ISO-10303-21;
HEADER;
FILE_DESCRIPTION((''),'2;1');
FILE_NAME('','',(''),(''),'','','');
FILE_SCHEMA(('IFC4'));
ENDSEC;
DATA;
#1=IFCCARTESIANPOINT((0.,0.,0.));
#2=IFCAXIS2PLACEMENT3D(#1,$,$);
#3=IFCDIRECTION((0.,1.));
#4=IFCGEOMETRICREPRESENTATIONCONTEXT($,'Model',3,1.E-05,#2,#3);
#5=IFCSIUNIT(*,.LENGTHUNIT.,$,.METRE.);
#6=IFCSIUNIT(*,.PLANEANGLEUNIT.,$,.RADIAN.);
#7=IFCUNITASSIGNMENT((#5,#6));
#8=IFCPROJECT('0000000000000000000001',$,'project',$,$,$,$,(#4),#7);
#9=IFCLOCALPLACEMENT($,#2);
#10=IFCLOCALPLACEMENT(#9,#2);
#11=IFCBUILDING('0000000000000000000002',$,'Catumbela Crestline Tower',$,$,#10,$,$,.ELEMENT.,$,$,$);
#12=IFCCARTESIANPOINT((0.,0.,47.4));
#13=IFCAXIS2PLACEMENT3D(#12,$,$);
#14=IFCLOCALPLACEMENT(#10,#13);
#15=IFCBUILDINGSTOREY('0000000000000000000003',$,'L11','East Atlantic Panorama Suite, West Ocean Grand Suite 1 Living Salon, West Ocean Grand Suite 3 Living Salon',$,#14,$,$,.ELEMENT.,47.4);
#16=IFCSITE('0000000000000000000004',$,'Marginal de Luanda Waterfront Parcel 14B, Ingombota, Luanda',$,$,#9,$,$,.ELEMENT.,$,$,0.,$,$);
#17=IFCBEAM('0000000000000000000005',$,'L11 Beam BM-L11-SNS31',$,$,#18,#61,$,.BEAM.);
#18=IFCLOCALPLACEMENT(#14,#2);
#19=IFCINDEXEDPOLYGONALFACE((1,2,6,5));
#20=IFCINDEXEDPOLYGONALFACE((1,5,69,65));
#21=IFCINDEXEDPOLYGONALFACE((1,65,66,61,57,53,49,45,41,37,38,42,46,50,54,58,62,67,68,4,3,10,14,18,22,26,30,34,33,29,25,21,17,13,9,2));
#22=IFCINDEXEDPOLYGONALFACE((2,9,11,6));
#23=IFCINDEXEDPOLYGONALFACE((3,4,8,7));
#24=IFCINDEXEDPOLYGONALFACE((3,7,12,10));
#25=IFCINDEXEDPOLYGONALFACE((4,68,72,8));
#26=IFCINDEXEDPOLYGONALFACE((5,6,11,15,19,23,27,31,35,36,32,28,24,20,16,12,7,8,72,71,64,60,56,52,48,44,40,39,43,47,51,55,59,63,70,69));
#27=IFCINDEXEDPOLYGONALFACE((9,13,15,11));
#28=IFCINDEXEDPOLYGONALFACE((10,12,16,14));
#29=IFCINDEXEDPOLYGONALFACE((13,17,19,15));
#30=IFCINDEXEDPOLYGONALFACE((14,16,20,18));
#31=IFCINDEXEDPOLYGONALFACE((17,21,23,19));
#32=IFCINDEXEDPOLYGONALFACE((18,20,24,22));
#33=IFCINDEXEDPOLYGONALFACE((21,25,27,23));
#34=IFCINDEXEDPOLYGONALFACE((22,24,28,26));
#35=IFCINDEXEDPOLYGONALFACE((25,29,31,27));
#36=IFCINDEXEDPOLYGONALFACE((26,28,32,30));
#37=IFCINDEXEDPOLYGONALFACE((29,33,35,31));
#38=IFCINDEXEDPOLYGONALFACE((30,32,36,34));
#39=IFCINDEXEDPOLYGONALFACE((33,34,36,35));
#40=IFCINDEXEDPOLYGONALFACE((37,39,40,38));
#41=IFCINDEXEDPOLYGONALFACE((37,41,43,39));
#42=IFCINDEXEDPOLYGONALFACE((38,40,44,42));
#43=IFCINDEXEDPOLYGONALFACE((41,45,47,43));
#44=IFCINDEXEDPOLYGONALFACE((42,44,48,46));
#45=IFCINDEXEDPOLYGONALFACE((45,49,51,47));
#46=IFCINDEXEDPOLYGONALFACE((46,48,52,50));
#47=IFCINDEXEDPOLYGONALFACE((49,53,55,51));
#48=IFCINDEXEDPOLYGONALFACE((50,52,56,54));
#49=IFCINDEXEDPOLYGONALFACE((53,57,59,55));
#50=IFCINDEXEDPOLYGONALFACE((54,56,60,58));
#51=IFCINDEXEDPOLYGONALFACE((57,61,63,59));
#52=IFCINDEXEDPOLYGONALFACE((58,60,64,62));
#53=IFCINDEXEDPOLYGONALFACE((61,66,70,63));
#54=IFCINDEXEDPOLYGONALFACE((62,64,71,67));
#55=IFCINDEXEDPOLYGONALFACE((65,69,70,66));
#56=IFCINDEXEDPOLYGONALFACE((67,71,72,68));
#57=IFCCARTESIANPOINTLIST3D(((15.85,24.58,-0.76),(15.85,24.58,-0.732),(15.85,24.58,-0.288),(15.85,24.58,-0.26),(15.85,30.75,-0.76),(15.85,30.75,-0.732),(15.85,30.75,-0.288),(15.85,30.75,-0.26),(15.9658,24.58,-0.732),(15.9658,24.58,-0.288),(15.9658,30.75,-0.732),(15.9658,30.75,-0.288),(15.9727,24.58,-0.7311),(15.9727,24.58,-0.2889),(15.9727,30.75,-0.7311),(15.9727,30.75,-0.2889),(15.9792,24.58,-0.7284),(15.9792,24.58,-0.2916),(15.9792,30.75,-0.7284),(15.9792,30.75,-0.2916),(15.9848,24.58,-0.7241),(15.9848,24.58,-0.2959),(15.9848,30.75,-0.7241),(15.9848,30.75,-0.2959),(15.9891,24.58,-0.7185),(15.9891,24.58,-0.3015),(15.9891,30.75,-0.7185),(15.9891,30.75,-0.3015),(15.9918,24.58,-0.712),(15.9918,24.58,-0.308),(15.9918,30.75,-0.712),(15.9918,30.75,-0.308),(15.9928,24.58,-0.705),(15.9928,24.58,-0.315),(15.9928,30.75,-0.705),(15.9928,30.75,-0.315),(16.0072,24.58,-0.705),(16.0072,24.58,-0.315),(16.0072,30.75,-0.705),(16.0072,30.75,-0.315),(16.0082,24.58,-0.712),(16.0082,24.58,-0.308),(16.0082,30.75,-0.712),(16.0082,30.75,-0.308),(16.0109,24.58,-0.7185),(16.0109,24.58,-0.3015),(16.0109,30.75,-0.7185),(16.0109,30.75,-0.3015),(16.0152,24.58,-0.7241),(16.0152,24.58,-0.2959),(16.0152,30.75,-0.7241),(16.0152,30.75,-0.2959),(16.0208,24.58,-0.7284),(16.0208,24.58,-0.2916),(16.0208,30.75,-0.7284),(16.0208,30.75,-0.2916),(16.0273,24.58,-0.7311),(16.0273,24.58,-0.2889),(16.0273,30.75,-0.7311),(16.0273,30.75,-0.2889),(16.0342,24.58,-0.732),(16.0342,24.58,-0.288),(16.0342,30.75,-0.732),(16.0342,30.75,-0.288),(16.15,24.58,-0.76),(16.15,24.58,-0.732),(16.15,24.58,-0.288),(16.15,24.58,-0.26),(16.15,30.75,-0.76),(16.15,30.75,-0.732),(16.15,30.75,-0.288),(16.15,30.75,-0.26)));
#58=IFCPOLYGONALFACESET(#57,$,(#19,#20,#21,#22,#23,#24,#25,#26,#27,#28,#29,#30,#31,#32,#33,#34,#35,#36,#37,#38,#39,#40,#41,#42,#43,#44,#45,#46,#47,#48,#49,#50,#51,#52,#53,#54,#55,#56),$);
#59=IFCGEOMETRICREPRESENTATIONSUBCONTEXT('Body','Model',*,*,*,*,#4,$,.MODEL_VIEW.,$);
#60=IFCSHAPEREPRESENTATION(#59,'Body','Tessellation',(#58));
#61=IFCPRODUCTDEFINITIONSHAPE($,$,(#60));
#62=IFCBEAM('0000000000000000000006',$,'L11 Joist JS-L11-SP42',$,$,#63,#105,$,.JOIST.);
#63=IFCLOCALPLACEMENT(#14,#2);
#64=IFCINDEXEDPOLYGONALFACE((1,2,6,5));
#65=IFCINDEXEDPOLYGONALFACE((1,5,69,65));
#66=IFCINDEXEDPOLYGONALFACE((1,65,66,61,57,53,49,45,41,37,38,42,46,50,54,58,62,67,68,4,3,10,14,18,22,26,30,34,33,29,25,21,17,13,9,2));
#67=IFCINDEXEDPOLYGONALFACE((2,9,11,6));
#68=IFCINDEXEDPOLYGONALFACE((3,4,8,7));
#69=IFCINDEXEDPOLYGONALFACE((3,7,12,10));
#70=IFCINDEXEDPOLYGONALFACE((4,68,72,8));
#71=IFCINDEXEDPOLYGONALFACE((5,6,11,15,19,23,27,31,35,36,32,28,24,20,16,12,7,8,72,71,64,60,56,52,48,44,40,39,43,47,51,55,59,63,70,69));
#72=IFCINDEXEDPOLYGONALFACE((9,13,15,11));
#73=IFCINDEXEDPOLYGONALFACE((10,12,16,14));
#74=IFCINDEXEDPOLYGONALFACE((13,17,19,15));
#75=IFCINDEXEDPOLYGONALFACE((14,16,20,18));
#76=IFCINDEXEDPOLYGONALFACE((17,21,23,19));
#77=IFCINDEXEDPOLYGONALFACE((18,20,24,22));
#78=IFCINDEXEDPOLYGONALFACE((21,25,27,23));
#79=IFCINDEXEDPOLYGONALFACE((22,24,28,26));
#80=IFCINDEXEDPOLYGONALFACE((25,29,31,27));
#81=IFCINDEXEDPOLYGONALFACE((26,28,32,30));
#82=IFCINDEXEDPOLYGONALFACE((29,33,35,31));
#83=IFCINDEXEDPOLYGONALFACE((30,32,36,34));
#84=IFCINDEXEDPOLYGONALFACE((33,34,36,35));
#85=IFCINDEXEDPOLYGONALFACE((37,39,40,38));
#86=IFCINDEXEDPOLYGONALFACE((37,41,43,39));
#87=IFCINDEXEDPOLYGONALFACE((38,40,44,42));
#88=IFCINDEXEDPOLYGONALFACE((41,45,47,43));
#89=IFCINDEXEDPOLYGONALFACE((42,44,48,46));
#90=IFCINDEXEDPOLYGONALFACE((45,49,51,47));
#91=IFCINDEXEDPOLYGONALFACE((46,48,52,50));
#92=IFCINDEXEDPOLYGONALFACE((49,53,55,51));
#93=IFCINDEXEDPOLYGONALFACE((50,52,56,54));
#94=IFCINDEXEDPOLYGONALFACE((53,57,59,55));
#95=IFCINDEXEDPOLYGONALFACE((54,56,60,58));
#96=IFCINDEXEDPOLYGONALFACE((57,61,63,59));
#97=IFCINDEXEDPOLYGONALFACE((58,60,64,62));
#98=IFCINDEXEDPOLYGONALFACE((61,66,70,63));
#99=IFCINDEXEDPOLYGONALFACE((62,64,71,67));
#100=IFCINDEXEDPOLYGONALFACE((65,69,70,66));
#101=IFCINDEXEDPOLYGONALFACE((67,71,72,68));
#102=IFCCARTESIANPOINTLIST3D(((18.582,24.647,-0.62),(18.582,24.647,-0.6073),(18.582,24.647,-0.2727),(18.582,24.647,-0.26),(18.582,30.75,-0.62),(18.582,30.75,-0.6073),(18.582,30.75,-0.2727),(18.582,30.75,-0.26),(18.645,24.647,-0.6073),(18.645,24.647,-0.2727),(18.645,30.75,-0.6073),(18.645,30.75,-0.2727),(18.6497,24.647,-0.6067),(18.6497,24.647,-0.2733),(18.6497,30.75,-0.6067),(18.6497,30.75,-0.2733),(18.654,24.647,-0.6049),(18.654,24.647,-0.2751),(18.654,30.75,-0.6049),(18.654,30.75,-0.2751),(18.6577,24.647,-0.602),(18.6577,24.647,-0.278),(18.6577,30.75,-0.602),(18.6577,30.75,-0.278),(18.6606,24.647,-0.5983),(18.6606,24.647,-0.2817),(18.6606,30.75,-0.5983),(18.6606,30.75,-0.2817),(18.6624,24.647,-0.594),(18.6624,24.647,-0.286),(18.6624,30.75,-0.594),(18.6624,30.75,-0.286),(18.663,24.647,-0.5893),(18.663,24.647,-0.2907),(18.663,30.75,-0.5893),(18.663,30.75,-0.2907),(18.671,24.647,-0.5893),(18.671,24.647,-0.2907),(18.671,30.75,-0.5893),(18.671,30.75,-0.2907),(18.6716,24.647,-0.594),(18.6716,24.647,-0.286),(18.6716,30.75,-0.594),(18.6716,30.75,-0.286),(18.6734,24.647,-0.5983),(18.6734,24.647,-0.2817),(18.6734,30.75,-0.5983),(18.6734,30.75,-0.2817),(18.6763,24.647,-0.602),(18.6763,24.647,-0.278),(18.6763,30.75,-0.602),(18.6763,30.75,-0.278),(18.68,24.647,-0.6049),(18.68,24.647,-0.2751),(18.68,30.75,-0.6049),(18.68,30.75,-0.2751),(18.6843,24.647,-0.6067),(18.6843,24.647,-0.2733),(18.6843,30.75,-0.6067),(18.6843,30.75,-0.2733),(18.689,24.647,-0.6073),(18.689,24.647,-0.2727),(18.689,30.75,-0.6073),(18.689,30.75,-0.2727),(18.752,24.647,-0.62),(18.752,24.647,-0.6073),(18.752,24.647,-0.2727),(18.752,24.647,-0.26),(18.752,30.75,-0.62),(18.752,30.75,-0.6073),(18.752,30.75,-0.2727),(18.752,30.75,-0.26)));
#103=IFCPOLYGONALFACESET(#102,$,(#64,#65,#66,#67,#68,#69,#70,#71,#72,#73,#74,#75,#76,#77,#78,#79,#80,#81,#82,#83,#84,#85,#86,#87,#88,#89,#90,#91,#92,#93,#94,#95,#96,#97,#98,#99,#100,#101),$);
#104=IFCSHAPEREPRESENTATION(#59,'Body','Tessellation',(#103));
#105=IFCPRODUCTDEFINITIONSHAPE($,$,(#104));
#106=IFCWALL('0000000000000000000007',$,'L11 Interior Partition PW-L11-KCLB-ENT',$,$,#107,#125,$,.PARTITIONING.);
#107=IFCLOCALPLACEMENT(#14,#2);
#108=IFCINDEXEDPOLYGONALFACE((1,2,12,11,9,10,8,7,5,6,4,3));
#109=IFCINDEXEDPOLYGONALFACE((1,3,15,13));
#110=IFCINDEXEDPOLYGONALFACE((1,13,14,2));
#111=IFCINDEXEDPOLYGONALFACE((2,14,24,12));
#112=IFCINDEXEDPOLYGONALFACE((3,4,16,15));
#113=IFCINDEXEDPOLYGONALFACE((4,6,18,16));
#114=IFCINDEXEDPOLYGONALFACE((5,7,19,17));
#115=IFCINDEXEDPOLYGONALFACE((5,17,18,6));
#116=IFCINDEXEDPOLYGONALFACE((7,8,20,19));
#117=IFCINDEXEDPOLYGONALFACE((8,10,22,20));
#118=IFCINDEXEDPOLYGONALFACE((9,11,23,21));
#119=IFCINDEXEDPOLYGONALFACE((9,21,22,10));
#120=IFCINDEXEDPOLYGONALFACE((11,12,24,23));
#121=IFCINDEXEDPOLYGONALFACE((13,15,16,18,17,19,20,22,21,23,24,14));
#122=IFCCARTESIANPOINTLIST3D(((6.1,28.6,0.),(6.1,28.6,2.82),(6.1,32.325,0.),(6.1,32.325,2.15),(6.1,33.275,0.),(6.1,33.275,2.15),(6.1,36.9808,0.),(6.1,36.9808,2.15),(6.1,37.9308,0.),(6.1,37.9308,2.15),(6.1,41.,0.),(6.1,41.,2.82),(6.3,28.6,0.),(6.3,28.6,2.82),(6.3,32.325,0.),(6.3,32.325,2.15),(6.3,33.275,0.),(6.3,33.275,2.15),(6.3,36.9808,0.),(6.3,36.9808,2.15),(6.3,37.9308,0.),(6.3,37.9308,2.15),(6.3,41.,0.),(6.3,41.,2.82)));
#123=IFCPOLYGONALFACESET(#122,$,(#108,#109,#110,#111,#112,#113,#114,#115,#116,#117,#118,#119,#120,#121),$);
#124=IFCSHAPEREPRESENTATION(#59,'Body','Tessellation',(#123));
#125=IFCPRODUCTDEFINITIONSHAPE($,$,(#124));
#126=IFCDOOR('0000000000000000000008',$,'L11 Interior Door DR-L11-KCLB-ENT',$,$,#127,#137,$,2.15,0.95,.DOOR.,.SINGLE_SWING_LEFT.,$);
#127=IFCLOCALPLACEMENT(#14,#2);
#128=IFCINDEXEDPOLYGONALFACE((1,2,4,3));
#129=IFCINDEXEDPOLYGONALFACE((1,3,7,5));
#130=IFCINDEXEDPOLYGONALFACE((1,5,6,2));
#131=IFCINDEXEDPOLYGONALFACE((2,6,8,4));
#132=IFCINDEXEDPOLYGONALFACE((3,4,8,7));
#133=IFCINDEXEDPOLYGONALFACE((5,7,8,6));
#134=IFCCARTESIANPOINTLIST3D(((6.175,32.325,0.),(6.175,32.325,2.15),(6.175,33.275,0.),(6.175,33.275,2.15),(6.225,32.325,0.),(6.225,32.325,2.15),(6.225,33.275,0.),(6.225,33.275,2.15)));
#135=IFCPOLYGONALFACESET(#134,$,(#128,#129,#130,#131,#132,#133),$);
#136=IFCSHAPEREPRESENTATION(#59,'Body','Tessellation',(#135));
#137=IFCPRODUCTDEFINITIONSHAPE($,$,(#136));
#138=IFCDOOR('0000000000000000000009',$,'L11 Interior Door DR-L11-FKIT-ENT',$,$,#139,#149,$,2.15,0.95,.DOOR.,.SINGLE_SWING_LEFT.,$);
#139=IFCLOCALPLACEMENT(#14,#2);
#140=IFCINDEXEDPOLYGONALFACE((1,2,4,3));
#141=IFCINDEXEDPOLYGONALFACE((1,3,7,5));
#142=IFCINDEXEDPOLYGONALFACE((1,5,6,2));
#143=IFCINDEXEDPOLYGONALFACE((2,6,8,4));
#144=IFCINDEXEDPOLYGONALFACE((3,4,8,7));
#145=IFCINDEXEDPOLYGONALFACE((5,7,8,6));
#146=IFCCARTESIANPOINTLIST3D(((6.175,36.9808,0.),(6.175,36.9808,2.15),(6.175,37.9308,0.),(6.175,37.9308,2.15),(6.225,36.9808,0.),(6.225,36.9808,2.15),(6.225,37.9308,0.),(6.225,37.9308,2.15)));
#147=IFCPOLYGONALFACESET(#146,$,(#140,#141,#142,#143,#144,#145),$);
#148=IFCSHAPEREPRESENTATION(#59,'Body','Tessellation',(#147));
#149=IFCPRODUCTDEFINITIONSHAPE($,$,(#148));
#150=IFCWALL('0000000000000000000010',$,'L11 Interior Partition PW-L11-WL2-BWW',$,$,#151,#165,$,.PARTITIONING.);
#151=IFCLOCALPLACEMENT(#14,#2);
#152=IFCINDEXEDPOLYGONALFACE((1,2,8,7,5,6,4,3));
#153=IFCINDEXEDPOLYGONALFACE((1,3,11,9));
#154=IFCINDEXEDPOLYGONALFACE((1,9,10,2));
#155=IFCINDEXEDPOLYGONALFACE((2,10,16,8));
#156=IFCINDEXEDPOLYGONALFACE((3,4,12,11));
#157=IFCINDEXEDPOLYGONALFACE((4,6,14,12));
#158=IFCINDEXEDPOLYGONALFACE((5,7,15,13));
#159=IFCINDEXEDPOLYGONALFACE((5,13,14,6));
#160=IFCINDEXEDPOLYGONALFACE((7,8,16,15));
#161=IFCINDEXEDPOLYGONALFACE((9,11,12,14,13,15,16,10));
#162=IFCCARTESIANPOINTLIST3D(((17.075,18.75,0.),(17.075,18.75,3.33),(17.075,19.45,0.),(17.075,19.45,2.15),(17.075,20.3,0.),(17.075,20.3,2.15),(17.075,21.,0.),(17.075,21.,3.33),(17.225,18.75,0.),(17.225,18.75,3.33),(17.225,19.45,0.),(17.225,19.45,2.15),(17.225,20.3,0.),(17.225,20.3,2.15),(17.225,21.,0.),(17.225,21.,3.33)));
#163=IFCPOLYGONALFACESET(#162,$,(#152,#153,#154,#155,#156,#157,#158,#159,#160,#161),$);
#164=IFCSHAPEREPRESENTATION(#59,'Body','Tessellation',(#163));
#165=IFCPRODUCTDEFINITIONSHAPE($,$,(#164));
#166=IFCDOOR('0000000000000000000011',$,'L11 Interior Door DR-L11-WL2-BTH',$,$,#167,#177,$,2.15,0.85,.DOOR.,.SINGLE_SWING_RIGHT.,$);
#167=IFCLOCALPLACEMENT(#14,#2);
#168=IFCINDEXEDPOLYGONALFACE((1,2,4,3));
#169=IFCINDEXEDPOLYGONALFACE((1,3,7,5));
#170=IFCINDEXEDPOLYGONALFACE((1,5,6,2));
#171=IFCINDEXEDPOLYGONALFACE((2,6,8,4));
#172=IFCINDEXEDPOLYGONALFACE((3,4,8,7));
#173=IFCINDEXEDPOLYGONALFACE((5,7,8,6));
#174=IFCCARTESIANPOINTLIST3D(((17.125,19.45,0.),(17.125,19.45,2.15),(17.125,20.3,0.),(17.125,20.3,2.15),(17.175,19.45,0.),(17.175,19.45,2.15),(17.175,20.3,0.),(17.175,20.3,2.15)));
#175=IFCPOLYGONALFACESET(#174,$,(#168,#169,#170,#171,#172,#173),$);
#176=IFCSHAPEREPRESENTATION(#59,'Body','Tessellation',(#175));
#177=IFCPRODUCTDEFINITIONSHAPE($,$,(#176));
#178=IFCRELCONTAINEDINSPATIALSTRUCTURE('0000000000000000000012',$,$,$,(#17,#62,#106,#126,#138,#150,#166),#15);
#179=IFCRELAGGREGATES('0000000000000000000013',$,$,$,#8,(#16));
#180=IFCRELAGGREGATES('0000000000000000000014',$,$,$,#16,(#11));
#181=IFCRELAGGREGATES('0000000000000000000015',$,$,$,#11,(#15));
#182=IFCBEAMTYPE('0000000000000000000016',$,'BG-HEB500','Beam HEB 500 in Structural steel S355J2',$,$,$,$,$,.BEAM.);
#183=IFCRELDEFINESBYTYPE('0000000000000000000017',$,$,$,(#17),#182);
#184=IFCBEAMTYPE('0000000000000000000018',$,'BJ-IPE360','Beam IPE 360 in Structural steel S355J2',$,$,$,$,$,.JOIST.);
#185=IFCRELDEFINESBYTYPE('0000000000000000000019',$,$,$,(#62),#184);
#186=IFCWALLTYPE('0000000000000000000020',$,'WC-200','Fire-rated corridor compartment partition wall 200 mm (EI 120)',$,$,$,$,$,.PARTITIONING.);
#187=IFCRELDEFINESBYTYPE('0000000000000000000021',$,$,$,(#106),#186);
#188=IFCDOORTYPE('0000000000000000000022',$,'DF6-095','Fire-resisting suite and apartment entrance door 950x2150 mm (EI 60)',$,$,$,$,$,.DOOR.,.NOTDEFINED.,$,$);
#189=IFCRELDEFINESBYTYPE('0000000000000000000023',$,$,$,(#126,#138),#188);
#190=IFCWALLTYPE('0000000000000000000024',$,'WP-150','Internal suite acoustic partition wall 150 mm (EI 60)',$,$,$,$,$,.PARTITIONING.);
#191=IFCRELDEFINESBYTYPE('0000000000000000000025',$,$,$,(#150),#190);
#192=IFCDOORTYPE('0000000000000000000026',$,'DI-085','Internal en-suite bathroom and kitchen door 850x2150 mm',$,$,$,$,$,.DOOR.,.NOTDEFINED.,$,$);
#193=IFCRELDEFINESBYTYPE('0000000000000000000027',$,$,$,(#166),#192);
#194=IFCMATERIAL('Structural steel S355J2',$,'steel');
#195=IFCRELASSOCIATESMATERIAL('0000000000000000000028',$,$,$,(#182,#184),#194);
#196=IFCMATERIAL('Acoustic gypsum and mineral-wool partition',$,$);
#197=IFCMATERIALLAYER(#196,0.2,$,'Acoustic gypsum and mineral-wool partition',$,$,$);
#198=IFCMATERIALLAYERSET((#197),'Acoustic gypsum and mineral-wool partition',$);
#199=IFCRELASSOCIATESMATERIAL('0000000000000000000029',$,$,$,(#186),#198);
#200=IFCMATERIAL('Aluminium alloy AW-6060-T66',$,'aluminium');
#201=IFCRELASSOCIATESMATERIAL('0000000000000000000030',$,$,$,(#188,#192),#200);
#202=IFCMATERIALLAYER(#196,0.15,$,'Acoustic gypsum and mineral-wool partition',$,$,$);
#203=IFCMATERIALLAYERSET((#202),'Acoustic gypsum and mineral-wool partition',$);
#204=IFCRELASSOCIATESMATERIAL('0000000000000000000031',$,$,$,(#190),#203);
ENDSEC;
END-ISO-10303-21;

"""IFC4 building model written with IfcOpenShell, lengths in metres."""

from ifc_helpers import new_model, si_unit, direction, frame, frame_2d, origin, origin_2d, place, context, subcontext, project, spatial, rectangle, i_section, extrude, material, layer, layer_set, material_profile, profile_set, type_object, element, fill, save


model = new_model("IFC4")

# Units and contexts
model_context = context("Model", 3, precision=1e-05, world=origin(), true_north=direction((0.0, 1.0)))
body_context = subcontext(model_context, "Body", "Model", "MODEL_VIEW")
ifc_project = project(units=[si_unit("LENGTHUNIT", "METRE"), si_unit("PLANEANGLEUNIT", "RADIAN")], contexts=[model_context])

# Site, building, storey
site_placement = place(None, origin())
site = spatial("IfcSite", under=ifc_project, at=site_placement, Name="Marginal de Luanda Waterfront Parcel 14B, Ingombota, Luanda", CompositionType="ELEMENT", RefElevation=0.0)
building_placement = place(site_placement, origin())
building = spatial("IfcBuilding", under=site, at=building_placement, Name="Catumbela Crestline Tower", CompositionType="ELEMENT")
storey_placement = place(building_placement, frame((0.0, 0.0, 47.4)))
storey = spatial("IfcBuildingStorey", under=building, at=storey_placement, Name="L11", Description="East Atlantic Panorama Suite, West Ocean Grand Suite 1 Living Salon, West Ocean Grand Suite 3 Living Salon", CompositionType="ELEMENT", Elevation=47.4)

# Beams
ifc_material_1 = material(Name="Structural steel S355J2", Category="steel")
ifc_material_profile_1 = material_profile(ifc_material_1, i_section(OverallWidth=0.3, OverallDepth=0.5, WebThickness=0.0145, FlangeThickness=0.028, FilletRadius=0.027, at=origin_2d()), Name="HEB 500")
ifc_profile_set_1 = profile_set([ifc_material_profile_1], Name="Structural steel S355J2")
beam_type_1 = type_object("IfcBeamType", Name="BG-HEB500", Description="Beam HEB 500 in Structural steel S355J2", PredefinedType="BEAM", material=ifc_profile_set_1)
beam_1_placement = place(storey_placement, frame((16.0, 24.58, -0.51), z_axis=(0.0, 1.0, 0.0), x_axis=(-1.0, 0.0, 0.0)))
element("IfcBeam", 1, at=beam_1_placement, inside=storey, type_object=beam_type_1, Name="L11 Beam BM-L11-SNS31", PredefinedType="BEAM", context=body_context, shape_type="SweptSolid", body=[
    extrude(i_section(OverallWidth=0.3, OverallDepth=0.5, WebThickness=0.0145, FlangeThickness=0.028, FilletRadius=0.027, at=origin_2d()), origin(), (0.0, 0.0, 1.0), 6.17),
])
ifc_material_profile_2 = material_profile(ifc_material_1, i_section(OverallWidth=0.17, OverallDepth=0.36, WebThickness=0.008, FlangeThickness=0.0127, FilletRadius=0.018, at=origin_2d()), Name="IPE 360")
ifc_profile_set_2 = profile_set([ifc_material_profile_2], Name="Structural steel S355J2")
beam_type_2 = type_object("IfcBeamType", Name="BJ-IPE360", Description="Beam IPE 360 in Structural steel S355J2", PredefinedType="JOIST", material=ifc_profile_set_2)
beam_2_placement = place(storey_placement, frame((18.667, 24.647, -0.44), z_axis=(0.0, 1.0, 0.0), x_axis=(-1.0, 0.0, 0.0)))
element("IfcBeam", 2, at=beam_2_placement, inside=storey, type_object=beam_type_2, Name="L11 Joist JS-L11-SP42", PredefinedType="JOIST", context=body_context, shape_type="SweptSolid", body=[
    extrude(i_section(OverallWidth=0.17, OverallDepth=0.36, WebThickness=0.008, FlangeThickness=0.0127, FilletRadius=0.018, at=origin_2d()), origin(), (0.0, 0.0, 1.0), 6.103),
])

# Wall, openings, doors
ifc_material_2 = material(Name="Acoustic gypsum and mineral-wool partition")
ifc_layer_1 = layer(ifc_material_2, 0.2, Name="Acoustic gypsum and mineral-wool partition")
ifc_layer_set_1 = layer_set([ifc_layer_1], Name="Acoustic gypsum and mineral-wool partition")
wall_type_1 = type_object("IfcWallType", Name="WC-200", Description="Fire-rated corridor compartment partition wall 200 mm (EI 120)", PredefinedType="PARTITIONING", material=ifc_layer_set_1)
wall_1_placement = place(storey_placement, frame((6.2, 28.6, 0.0), z_axis=(0.0, 0.0, 1.0), x_axis=(0.0, 1.0, 0.0)))
wall_1 = element("IfcWall", 3, at=wall_1_placement, inside=storey, type_object=wall_type_1, Name="L11 Interior Partition PW-L11-KCLB-ENT", PredefinedType="PARTITIONING", context=body_context, shape_type="SweptSolid", body=[
    extrude(rectangle(XDim=12.4, YDim=0.2, at=frame_2d((6.2, 0.0))), origin(), (0.0, 0.0, 1.0), 2.82),
])
opening_1_placement = place(wall_1_placement, frame((3.725, 0.0, 0.0)))
opening_1 = element("IfcOpeningElement", 4, at=opening_1_placement, cuts=wall_1, PredefinedType="OPENING", context=body_context, shape_type="SweptSolid", body=[
    extrude(rectangle(XDim=0.95, YDim=2.15, at=frame_2d((0.475, 1.075))), frame((0.0, 0.11, 0.0), z_axis=(0.0, -1.0, 0.0), x_axis=(1.0, 0.0, 0.0)), (0.0, 0.0, 1.0), 0.22),
])
opening_2_placement = place(wall_1_placement, frame((8.3808, 0.0, 0.0)))
opening_2 = element("IfcOpeningElement", 5, at=opening_2_placement, cuts=wall_1, PredefinedType="OPENING", context=body_context, shape_type="SweptSolid", body=[
    extrude(rectangle(XDim=0.95, YDim=2.15, at=frame_2d((0.475, 1.075))), frame((0.0, 0.11, 0.0), z_axis=(0.0, -1.0, 0.0), x_axis=(1.0, 0.0, 0.0)), (0.0, 0.0, 1.0), 0.22),
])
ifc_material_3 = material(Name="Aluminium alloy AW-6060-T66", Category="aluminium")
door_type_1 = type_object("IfcDoorType", Name="DF6-095", Description="Fire-resisting suite and apartment entrance door 950x2150 mm (EI 60)", OperationType="NOTDEFINED", PredefinedType="DOOR", material=ifc_material_3)
door_1_placement = place(opening_1_placement, origin())
door_1 = element("IfcDoor", 6, at=door_1_placement, inside=storey, type_object=door_type_1, Name="L11 Interior Door DR-L11-KCLB-ENT", OperationType="SINGLE_SWING_LEFT", OverallHeight=2.15, OverallWidth=0.95, PredefinedType="DOOR", context=body_context, shape_type="SweptSolid", body=[
    extrude(rectangle(XDim=0.95, YDim=2.15, at=frame_2d((0.475, 1.075))), frame((0.0, 0.025, 0.0), z_axis=(0.0, -1.0, 0.0), x_axis=(1.0, 0.0, 0.0)), (0.0, 0.0, 1.0), 0.05),
])
fill(opening_1, door_1)
door_2_placement = place(opening_2_placement, origin())
door_2 = element("IfcDoor", 7, at=door_2_placement, inside=storey, type_object=door_type_1, Name="L11 Interior Door DR-L11-FKIT-ENT", OperationType="SINGLE_SWING_LEFT", OverallHeight=2.15, OverallWidth=0.95, PredefinedType="DOOR", context=body_context, shape_type="SweptSolid", body=[
    extrude(rectangle(XDim=0.95, YDim=2.15, at=frame_2d((0.475, 1.075))), frame((0.0, 0.025, 0.0), z_axis=(0.0, -1.0, 0.0), x_axis=(1.0, 0.0, 0.0)), (0.0, 0.0, 1.0), 0.05),
])
fill(opening_2, door_2)

# Wall, opening, door
ifc_layer_2 = layer(ifc_material_2, 0.15, Name="Acoustic gypsum and mineral-wool partition")
ifc_layer_set_2 = layer_set([ifc_layer_2], Name="Acoustic gypsum and mineral-wool partition")
wall_type_2 = type_object("IfcWallType", Name="WP-150", Description="Internal suite acoustic partition wall 150 mm (EI 60)", PredefinedType="PARTITIONING", material=ifc_layer_set_2)
wall_2_placement = place(storey_placement, frame((17.15, 18.75, 0.0), z_axis=(0.0, 0.0, 1.0), x_axis=(0.0, 1.0, 0.0)))
wall_2 = element("IfcWall", 8, at=wall_2_placement, inside=storey, type_object=wall_type_2, Name="L11 Interior Partition PW-L11-WL2-BWW", PredefinedType="PARTITIONING", context=body_context, shape_type="SweptSolid", body=[
    extrude(rectangle(XDim=2.25, YDim=0.15, at=frame_2d((1.125, 0.0))), origin(), (0.0, 0.0, 1.0), 3.33),
])
opening_3_placement = place(wall_2_placement, frame((0.7, 0.0, 0.0)))
opening_3 = element("IfcOpeningElement", 9, at=opening_3_placement, cuts=wall_2, PredefinedType="OPENING", context=body_context, shape_type="SweptSolid", body=[
    extrude(rectangle(XDim=0.85, YDim=2.15, at=frame_2d((0.425, 1.075))), frame((0.0, 0.085, 0.0), z_axis=(0.0, -1.0, 0.0), x_axis=(1.0, 0.0, 0.0)), (0.0, 0.0, 1.0), 0.17),
])
door_type_2 = type_object("IfcDoorType", Name="DI-085", Description="Internal en-suite bathroom and kitchen door 850x2150 mm", OperationType="NOTDEFINED", PredefinedType="DOOR", material=ifc_material_3)
door_3_placement = place(opening_3_placement, origin())
door_3 = element("IfcDoor", 10, at=door_3_placement, inside=storey, type_object=door_type_2, Name="L11 Interior Door DR-L11-WL2-BTH", OperationType="SINGLE_SWING_RIGHT", OverallHeight=2.15, OverallWidth=0.85, PredefinedType="DOOR", context=body_context, shape_type="SweptSolid", body=[
    extrude(rectangle(XDim=0.85, YDim=2.15, at=frame_2d((0.425, 1.075))), frame((0.0, 0.025, 0.0), z_axis=(0.0, -1.0, 0.0), x_axis=(1.0, 0.0, 0.0)), (0.0, 0.0, 1.0), 0.05),
])
fill(opening_3, door_3)

save(model, "model.ifc")
